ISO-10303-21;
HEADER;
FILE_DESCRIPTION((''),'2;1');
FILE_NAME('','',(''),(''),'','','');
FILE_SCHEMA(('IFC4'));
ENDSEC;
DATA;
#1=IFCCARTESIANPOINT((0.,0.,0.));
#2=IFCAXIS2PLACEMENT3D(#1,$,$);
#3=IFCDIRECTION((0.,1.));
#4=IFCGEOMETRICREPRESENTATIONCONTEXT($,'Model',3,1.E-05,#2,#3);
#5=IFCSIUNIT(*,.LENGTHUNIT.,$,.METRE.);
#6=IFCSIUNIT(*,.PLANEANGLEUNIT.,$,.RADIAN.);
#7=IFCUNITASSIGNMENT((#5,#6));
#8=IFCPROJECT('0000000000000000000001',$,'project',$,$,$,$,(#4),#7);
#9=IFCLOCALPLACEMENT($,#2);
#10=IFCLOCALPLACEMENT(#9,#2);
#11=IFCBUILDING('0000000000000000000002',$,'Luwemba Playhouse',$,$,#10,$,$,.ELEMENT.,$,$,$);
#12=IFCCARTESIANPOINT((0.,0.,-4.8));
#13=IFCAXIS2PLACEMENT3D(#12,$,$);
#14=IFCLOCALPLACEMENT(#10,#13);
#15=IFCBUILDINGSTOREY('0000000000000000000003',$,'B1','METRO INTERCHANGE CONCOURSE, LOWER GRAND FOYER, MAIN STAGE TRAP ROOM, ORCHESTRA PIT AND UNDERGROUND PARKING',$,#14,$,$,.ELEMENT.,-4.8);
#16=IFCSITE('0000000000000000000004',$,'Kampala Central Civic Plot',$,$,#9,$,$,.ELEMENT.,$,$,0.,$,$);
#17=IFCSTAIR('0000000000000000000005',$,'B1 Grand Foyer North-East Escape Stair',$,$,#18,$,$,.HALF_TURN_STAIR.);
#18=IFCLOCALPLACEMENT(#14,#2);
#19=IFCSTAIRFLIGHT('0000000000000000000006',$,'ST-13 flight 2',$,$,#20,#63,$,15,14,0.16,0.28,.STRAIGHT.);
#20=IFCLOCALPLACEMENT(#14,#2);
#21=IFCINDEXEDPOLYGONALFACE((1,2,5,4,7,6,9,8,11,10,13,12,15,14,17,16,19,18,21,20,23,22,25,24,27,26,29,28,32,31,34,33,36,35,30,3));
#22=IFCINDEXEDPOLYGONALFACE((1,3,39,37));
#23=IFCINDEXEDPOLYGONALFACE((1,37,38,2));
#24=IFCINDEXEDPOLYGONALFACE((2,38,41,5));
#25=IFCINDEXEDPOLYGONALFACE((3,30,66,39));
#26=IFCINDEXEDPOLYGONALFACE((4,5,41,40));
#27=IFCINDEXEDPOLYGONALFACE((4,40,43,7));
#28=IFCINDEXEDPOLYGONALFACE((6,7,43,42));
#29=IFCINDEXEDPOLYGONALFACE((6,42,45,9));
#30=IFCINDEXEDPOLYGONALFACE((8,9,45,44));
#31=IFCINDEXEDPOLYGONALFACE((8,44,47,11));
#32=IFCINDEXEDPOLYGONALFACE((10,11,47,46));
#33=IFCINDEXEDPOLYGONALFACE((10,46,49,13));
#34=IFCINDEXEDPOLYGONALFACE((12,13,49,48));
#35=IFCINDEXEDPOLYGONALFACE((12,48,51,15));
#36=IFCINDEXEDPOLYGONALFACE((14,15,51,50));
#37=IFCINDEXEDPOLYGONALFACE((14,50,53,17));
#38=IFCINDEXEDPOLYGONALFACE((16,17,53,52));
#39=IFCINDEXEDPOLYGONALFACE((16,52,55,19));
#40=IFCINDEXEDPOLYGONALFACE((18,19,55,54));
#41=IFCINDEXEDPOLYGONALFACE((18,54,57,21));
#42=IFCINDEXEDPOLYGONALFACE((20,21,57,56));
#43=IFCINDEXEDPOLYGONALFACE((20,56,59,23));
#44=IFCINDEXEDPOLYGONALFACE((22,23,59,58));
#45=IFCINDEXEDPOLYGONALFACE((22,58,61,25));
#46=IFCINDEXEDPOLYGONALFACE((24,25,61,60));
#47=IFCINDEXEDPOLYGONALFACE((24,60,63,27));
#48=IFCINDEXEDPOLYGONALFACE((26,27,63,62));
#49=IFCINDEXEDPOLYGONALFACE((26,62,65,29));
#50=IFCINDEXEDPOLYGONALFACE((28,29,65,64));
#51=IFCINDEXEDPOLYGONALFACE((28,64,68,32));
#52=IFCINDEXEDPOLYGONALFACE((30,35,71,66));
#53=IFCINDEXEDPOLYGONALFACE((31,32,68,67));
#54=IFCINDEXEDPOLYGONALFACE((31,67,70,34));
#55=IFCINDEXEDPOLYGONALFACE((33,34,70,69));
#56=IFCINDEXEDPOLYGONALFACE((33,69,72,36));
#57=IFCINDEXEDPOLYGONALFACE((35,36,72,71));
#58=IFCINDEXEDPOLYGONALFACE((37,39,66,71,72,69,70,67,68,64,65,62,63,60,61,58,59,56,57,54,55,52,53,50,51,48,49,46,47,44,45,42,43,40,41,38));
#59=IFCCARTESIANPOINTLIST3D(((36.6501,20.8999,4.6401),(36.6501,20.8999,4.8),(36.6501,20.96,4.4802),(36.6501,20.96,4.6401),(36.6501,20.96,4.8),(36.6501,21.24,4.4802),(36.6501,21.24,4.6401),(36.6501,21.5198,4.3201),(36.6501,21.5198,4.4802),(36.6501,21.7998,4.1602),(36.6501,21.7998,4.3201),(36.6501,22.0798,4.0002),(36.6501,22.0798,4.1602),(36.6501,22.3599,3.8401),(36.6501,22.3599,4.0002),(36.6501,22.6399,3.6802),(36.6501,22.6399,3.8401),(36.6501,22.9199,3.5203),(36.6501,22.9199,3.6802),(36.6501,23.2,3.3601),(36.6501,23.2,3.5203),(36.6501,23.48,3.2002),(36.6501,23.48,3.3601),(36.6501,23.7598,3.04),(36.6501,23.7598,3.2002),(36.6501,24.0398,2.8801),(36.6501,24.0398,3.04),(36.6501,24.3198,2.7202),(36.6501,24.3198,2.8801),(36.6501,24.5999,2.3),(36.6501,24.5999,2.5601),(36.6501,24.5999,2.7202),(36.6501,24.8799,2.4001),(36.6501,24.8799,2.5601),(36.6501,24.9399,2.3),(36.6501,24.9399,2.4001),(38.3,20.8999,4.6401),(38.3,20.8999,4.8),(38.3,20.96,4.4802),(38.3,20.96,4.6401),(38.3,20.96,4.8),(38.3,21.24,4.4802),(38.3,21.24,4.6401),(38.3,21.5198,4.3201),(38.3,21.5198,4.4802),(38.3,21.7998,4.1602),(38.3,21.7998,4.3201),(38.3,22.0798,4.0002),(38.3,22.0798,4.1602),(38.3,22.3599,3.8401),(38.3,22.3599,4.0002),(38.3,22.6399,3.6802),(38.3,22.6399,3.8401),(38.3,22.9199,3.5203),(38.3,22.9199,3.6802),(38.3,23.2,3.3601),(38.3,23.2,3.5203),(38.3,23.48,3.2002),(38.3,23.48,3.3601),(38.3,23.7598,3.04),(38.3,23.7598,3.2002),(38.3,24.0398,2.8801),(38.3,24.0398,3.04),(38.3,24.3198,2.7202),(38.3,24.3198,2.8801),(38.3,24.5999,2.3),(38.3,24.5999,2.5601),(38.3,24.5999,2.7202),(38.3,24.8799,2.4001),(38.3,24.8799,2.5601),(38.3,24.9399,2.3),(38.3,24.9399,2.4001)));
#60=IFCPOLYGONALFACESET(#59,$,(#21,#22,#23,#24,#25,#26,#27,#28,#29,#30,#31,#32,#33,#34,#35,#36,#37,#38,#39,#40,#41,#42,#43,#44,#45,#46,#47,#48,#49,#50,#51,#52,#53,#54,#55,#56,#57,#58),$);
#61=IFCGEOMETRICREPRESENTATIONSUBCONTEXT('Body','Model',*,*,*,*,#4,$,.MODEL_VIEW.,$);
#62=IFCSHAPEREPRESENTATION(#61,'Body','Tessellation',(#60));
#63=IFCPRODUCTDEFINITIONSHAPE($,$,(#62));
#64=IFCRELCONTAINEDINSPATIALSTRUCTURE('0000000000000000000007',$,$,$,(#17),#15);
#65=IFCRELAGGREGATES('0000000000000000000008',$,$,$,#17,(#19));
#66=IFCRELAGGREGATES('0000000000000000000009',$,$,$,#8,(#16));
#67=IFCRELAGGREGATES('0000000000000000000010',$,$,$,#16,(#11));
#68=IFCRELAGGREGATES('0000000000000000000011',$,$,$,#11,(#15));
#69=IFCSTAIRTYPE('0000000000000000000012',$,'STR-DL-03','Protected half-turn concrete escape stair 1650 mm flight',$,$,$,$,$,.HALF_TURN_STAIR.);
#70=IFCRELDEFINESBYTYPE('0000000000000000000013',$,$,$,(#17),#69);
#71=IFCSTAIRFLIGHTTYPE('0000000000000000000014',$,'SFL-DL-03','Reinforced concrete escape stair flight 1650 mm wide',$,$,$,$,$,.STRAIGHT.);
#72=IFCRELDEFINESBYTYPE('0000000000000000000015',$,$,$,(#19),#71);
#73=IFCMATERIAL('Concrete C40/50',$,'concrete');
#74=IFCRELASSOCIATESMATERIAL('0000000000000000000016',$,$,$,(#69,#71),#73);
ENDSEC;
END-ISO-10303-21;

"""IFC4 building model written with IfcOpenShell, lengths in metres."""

from ifc_helpers import new_model, si_unit, direction, frame, origin, place, context, subcontext, project, spatial, polyline, outline, extrude, material, type_object, element, aggregate, save


model = new_model("IFC4")

# Units and contexts
model_context = context("Model", 3, precision=1e-05, world=origin(), true_north=direction((0.0, 1.0)))
body_context = subcontext(model_context, "Body", "Model", "MODEL_VIEW")
ifc_project = project(units=[si_unit("LENGTHUNIT", "METRE"), si_unit("PLANEANGLEUNIT", "RADIAN")], contexts=[model_context])

# Site, building, storey
site_placement = place(None, origin())
site = spatial("IfcSite", under=ifc_project, at=site_placement, Name="Kampala Central Civic Plot", CompositionType="ELEMENT", RefElevation=0.0)
building_placement = place(site_placement, origin())
building = spatial("IfcBuilding", under=site, at=building_placement, Name="Luwemba Playhouse", CompositionType="ELEMENT")
storey_placement = place(building_placement, frame((0.0, 0.0, -4.8)))
storey = spatial("IfcBuildingStorey", under=building, at=storey_placement, Name="B1", Description="METRO INTERCHANGE CONCOURSE, LOWER GRAND FOYER, MAIN STAGE TRAP ROOM, ORCHESTRA PIT AND UNDERGROUND PARKING", CompositionType="ELEMENT", Elevation=-4.8)

# Shared definitions
ifc_material_1 = material(Name="Concrete C40/50", Category="concrete")

# Stair, stair flight
stair_type = type_object("IfcStairType", Name="STR-DL-03", Description="Protected half-turn concrete escape stair 1650 mm flight", PredefinedType="HALF_TURN_STAIR", material=ifc_material_1)
stair_placement = place(storey_placement, origin())
stair = element("IfcStair", 1, at=stair_placement, inside=storey, type_object=stair_type, Name="B1 Grand Foyer North-East Escape Stair", PredefinedType="HALF_TURN_STAIR")
stair_flight_type = type_object("IfcStairFlightType", Name="SFL-DL-03", Description="Reinforced concrete escape stair flight 1650 mm wide", PredefinedType="STRAIGHT", material=ifc_material_1)
stair_flight_1_placement = place(storey_placement, frame((37.4751, 24.8799, 2.4001), z_axis=(0.0, 0.0, 1.0), x_axis=(0.0, -1.0, 0.0)))
stair_flight_1 = element("IfcStairFlight", 2, at=stair_flight_1_placement, type_object=stair_flight_type, Name="ST-13 flight 2", NumberOfRisers=15, NumberOfTreads=14, PredefinedType="STRAIGHT", RiserHeight=0.16, TreadLength=0.28, context=body_context, shape_type="SweptSolid", body=[
    extrude(outline(polyline([(-0.0601, -0.1001), (-0.0601, 0.0), (0.0, 0.0), (0.0, 0.1599), (0.28, 0.1599), (0.28, 0.3201), (0.5601, 0.3201), (0.5601, 0.48), (0.8401, 0.48), (0.8401, 0.6399), (1.1201, 0.6399), (1.1201, 0.8), (1.3999, 0.8), (1.3999, 0.96), (1.6799, 0.96), (1.6799, 1.1201), (1.96, 1.1201), (1.96, 1.28), (2.24, 1.28), (2.24, 1.4399), (2.52, 1.4399), (2.52, 1.6001), (2.8, 1.6001), (2.8, 1.76), (3.0801, 1.76), (3.0801, 1.9199), (3.3601, 1.9199), (3.3601, 2.0801), (3.6399, 2.0801), (3.6399, 2.24), (3.9199, 2.24), (3.9199, 2.3999), (3.98, 2.3999), (3.98, 2.24), (3.9199, 2.0801), (0.28, -0.1001), (-0.0601, -0.1001)])), frame((0.0, 0.825, 0.0), z_axis=(0.0, -1.0, 0.0), x_axis=(1.0, 0.0, 0.0)), (0.0, 0.0, 1.0), 1.6499),
])
aggregate(stair, [stair_flight_1])

save(model, "model.ifc")
